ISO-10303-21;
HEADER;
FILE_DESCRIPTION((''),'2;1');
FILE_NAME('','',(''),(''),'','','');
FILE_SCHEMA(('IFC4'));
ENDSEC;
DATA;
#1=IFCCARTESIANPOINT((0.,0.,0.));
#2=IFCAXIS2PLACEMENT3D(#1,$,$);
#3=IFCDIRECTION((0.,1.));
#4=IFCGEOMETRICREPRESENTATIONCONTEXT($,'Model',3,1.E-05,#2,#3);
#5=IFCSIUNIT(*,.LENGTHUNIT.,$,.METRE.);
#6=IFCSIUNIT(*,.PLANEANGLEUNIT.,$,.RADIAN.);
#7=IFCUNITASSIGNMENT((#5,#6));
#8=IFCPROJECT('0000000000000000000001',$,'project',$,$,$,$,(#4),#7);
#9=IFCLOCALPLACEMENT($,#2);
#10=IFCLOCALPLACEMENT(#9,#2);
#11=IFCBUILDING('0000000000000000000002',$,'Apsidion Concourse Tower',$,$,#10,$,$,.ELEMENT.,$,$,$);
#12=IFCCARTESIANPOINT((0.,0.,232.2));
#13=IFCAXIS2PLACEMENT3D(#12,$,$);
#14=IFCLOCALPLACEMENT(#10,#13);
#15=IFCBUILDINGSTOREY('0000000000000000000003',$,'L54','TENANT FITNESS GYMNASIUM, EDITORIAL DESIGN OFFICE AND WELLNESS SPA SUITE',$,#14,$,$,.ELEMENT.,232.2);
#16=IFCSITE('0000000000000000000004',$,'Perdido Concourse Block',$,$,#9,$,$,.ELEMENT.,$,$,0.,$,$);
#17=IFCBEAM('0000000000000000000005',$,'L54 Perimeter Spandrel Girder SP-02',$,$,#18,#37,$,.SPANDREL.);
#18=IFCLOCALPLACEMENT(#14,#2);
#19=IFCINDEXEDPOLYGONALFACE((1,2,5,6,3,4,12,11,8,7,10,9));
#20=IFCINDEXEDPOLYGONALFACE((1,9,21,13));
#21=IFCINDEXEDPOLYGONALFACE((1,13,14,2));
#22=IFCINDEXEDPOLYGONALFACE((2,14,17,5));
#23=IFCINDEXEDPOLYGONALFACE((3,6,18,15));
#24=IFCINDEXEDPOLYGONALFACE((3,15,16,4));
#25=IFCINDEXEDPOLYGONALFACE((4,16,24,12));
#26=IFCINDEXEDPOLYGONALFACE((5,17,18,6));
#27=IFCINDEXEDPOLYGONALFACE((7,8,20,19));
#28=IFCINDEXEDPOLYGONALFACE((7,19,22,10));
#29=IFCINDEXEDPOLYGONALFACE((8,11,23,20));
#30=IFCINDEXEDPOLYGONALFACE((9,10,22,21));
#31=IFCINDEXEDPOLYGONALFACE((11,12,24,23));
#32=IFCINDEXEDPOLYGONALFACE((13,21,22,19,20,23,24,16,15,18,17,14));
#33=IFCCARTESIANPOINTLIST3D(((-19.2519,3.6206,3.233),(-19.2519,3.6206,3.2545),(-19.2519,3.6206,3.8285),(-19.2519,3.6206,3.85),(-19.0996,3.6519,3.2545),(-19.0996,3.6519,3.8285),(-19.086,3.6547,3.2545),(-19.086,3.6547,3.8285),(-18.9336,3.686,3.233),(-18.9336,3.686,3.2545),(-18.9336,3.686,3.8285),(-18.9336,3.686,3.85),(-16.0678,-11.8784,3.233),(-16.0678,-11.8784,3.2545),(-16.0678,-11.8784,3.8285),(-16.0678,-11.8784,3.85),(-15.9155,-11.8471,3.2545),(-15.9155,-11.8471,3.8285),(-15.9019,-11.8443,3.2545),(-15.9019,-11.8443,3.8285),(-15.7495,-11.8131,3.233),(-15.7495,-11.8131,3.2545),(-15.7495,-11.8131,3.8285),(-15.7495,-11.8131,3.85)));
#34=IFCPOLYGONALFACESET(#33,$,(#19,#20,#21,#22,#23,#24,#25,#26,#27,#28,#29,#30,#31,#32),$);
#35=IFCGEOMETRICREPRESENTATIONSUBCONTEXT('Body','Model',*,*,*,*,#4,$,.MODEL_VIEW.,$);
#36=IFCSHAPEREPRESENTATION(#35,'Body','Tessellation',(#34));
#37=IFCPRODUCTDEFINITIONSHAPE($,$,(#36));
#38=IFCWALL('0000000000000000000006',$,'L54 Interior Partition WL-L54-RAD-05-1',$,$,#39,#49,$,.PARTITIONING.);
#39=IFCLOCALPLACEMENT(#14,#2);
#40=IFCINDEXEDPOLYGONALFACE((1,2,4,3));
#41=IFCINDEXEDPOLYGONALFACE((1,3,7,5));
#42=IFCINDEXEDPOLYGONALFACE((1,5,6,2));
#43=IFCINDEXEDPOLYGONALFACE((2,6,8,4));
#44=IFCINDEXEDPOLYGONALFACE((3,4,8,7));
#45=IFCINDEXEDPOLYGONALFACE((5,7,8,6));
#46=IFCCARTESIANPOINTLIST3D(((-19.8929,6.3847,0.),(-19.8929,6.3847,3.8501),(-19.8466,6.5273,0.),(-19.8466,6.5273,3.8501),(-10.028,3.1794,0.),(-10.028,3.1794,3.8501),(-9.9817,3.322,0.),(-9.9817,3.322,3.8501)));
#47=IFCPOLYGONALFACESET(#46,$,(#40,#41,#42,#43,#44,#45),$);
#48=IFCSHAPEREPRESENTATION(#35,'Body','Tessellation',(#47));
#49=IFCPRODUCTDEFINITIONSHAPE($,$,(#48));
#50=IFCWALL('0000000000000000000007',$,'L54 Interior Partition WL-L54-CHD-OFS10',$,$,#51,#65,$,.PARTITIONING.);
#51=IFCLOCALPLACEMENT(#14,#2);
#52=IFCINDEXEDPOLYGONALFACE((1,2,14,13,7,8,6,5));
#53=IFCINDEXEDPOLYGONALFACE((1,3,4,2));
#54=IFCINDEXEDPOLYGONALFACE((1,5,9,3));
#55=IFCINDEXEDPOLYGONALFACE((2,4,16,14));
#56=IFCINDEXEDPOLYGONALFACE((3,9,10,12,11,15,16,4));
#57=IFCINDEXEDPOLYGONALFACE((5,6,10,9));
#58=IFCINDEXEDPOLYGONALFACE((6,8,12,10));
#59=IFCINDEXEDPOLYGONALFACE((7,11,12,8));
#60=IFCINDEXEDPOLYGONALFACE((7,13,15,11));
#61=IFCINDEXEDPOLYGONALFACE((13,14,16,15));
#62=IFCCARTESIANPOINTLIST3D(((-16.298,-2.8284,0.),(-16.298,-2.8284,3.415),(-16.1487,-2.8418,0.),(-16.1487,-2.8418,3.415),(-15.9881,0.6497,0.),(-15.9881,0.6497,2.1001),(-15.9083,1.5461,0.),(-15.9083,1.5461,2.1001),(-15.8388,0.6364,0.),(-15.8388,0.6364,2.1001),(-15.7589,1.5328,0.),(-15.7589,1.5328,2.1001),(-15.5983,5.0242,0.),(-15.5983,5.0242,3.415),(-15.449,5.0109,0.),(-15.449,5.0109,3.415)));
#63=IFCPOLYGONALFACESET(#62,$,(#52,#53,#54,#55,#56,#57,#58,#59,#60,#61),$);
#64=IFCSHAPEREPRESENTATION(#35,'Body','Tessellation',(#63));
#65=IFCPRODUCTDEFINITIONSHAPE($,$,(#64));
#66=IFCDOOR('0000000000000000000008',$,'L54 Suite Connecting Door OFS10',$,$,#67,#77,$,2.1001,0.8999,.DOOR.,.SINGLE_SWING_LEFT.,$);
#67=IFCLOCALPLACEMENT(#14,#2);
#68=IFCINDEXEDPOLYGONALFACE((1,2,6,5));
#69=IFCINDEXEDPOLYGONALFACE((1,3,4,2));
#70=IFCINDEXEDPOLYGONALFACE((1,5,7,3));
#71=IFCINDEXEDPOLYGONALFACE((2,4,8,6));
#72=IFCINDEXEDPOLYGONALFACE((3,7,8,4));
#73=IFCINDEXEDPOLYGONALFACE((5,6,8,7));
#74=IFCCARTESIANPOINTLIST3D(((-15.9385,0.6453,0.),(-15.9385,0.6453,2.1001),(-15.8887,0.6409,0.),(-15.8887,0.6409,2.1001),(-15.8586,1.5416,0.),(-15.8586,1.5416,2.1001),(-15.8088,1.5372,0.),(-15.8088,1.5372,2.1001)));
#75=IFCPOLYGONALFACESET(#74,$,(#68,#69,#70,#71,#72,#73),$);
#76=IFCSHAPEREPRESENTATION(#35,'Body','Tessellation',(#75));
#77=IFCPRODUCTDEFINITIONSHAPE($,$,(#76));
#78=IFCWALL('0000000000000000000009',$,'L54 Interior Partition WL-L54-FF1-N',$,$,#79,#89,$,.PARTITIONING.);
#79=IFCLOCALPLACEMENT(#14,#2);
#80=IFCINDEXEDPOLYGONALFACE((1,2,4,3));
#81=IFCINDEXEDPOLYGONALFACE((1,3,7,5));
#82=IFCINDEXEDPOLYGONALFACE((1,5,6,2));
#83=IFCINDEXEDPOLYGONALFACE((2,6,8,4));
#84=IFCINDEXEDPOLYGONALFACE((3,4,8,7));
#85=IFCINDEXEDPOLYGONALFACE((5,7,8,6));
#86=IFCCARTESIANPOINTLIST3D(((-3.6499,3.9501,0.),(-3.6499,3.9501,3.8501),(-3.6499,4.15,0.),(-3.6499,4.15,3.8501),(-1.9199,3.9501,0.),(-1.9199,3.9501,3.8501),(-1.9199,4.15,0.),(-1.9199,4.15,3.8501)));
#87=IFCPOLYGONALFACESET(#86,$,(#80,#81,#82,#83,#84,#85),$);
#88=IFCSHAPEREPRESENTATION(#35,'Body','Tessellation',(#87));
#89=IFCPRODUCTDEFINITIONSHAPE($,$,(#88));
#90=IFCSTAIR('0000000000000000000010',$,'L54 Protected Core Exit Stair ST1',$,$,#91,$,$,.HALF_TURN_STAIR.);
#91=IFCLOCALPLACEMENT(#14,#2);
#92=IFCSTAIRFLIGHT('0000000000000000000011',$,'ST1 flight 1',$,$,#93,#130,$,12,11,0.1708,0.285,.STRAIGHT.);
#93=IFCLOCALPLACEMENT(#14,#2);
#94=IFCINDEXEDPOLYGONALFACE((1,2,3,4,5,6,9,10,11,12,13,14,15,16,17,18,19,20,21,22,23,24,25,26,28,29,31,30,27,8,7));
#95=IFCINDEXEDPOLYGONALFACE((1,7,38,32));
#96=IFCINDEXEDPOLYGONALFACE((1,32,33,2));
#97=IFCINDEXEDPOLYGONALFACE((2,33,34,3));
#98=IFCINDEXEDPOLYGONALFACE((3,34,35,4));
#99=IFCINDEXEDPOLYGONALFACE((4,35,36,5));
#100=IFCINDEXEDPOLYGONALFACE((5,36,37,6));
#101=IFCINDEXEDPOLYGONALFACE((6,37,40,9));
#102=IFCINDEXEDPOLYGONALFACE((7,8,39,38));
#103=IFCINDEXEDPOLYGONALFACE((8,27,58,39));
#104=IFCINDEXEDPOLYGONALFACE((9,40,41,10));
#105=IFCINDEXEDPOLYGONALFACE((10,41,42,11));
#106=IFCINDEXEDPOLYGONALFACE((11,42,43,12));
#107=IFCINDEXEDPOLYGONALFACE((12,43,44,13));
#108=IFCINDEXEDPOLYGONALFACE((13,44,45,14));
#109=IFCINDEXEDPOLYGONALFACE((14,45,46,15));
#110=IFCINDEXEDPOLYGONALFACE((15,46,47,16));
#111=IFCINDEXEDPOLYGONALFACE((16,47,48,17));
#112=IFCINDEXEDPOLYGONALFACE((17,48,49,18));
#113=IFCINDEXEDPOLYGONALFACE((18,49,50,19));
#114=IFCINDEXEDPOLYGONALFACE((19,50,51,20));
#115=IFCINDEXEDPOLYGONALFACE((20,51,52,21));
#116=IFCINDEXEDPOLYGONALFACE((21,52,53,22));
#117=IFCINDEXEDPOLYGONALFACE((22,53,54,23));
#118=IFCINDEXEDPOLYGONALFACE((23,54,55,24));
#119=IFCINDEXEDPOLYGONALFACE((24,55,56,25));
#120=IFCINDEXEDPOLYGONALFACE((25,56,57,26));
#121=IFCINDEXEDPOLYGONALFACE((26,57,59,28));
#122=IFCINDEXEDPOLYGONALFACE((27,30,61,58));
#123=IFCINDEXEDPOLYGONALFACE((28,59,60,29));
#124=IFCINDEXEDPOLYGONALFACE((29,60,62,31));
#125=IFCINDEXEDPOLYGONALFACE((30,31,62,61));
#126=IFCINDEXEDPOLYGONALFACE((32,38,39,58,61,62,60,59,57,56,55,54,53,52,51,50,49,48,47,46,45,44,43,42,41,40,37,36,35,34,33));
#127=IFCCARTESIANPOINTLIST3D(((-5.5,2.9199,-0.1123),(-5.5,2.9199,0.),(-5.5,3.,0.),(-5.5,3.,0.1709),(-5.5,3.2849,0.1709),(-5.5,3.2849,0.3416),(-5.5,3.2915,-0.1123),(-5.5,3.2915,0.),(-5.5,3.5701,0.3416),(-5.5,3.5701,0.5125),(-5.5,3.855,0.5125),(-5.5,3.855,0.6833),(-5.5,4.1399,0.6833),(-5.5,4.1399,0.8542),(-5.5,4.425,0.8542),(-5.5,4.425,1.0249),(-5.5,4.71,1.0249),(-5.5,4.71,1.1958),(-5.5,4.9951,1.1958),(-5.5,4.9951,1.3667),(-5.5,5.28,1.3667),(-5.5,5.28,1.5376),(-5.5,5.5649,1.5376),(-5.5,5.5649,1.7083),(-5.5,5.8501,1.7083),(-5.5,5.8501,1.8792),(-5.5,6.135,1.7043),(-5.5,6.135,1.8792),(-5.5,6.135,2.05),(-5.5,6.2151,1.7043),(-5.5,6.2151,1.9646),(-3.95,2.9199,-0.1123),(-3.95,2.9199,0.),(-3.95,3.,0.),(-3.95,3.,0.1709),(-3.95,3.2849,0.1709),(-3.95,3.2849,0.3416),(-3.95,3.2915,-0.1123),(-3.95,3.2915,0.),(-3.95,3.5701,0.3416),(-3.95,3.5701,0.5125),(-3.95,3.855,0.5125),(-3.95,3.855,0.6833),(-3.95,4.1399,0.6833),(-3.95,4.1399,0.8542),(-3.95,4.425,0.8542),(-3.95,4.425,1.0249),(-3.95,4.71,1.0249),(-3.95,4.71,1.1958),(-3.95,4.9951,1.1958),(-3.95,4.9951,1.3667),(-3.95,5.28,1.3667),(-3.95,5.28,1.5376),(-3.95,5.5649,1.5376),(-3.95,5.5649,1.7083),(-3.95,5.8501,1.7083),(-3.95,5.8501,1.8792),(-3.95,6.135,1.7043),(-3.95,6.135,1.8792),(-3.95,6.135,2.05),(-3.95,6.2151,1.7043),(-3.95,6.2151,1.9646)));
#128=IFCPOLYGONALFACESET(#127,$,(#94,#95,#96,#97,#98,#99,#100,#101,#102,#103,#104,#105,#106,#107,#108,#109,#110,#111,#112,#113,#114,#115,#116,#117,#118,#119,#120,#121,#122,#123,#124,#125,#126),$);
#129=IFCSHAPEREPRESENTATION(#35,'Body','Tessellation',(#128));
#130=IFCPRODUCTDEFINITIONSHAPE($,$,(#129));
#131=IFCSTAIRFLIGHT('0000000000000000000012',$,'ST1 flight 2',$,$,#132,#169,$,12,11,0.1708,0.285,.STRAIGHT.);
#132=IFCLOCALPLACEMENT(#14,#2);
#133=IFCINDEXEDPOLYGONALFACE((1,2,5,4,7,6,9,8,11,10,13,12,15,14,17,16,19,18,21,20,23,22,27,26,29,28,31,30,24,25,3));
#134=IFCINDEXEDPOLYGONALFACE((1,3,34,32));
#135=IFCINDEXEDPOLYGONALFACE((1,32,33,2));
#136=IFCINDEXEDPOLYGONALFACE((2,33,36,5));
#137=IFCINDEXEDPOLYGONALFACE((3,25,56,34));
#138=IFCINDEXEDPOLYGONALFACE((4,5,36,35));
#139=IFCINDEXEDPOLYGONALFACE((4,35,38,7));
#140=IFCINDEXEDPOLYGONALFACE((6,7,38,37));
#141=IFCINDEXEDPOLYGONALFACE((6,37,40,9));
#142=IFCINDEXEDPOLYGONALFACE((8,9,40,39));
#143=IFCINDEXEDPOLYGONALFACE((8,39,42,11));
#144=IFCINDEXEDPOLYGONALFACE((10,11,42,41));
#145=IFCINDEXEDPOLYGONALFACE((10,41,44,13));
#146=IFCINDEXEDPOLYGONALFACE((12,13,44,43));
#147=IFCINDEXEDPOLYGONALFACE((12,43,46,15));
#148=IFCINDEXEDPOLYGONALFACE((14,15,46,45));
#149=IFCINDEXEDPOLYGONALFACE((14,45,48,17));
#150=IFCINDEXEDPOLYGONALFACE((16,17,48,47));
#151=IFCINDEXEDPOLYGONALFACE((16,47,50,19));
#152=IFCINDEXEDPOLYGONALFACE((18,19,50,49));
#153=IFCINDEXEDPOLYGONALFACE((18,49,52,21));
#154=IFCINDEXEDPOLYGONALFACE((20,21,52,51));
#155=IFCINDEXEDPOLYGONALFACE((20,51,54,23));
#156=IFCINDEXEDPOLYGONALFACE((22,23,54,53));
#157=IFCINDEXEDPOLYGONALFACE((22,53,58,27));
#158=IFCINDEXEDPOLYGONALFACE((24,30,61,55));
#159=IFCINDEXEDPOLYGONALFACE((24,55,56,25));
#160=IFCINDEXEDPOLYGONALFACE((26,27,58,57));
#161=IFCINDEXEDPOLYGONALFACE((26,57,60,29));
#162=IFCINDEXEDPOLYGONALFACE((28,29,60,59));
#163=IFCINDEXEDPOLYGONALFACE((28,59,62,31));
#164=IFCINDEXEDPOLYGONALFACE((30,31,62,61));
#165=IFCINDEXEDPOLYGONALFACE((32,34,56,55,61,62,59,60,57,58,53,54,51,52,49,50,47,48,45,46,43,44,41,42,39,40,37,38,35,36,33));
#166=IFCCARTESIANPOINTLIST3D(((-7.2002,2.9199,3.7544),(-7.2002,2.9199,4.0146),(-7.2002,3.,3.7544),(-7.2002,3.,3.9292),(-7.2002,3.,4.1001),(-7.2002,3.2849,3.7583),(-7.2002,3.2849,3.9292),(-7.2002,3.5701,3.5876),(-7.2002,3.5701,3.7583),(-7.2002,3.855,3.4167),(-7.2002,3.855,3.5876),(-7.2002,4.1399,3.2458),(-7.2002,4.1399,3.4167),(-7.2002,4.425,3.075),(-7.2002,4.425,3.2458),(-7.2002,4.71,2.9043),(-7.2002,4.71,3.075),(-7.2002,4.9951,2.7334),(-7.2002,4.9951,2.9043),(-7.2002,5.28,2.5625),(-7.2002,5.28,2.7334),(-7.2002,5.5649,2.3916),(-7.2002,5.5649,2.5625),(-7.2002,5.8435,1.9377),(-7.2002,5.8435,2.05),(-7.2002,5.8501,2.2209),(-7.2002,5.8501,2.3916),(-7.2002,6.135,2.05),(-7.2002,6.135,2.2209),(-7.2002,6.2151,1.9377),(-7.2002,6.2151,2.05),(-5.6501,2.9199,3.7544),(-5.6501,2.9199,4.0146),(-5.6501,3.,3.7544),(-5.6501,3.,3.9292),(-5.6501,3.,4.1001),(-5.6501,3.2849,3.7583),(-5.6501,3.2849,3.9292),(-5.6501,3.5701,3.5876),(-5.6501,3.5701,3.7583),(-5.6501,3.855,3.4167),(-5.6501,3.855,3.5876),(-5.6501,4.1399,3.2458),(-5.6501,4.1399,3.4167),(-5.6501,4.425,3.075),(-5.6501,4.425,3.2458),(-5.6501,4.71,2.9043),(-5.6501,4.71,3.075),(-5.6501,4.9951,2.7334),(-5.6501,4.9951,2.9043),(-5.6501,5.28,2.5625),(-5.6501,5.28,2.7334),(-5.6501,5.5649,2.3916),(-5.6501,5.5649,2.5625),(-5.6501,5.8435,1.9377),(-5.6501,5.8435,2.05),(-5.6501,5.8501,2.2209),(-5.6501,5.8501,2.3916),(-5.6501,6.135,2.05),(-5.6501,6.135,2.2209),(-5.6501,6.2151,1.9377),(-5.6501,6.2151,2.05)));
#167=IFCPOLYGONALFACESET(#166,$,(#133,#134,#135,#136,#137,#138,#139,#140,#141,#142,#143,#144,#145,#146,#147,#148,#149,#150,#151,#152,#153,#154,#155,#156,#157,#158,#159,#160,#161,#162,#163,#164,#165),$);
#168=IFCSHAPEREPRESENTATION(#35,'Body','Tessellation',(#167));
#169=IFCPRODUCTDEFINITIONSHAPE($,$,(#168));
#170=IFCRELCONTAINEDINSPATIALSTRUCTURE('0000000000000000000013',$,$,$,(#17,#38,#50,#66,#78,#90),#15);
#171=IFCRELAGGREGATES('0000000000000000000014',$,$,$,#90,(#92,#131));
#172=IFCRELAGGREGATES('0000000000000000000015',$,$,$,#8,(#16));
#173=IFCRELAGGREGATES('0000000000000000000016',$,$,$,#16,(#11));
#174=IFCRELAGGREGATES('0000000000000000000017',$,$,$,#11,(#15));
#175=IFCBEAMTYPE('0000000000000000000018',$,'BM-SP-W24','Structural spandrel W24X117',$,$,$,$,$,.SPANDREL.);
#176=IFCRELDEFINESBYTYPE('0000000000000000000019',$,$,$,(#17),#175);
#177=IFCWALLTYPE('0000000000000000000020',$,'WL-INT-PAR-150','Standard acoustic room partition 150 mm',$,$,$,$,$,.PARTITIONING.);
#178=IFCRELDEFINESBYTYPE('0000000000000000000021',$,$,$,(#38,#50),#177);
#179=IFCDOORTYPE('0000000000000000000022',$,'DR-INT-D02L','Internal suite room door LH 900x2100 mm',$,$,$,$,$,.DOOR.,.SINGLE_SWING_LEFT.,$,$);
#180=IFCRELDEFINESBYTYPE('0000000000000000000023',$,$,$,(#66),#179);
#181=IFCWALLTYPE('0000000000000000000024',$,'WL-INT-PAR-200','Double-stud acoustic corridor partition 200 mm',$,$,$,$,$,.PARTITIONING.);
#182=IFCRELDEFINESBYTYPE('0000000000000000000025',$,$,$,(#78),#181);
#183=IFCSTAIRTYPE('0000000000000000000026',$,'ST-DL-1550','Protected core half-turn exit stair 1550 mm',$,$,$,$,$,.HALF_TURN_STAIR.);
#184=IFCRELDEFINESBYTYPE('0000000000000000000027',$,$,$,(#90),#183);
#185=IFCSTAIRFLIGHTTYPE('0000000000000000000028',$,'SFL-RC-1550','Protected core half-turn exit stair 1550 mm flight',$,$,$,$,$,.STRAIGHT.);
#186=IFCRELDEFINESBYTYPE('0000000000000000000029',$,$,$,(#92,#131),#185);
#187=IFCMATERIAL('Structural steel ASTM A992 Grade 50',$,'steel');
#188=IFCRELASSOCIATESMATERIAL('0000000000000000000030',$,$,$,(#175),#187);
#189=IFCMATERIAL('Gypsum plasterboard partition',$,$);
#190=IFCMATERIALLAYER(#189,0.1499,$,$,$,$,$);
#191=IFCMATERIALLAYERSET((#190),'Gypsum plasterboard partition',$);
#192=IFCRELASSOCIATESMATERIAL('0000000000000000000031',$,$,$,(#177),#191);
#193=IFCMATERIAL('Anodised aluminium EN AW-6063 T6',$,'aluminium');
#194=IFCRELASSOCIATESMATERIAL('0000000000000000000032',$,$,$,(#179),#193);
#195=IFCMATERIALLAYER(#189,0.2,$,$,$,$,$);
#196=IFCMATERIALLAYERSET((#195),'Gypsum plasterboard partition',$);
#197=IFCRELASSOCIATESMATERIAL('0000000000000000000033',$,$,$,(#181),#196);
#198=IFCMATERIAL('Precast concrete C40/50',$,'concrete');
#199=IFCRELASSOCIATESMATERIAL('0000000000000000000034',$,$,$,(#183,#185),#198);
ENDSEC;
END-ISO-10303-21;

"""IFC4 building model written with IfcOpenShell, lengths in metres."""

from ifc_helpers import new_model, si_unit, direction, frame, frame_2d, origin, origin_2d, place, context, subcontext, project, spatial, polyline, rectangle, i_section, outline, extrude, material, layer, layer_set, material_profile, profile_set, type_object, element, fill, aggregate, save


model = new_model("IFC4")

# Units and contexts
model_context = context("Model", 3, precision=1e-05, world=origin(), true_north=direction((0.0, 1.0)))
body_context = subcontext(model_context, "Body", "Model", "MODEL_VIEW")
ifc_project = project(units=[si_unit("LENGTHUNIT", "METRE"), si_unit("PLANEANGLEUNIT", "RADIAN")], contexts=[model_context])

# Site, building, storey
site_placement = place(None, origin())
site = spatial("IfcSite", under=ifc_project, at=site_placement, Name="Perdido Concourse Block", CompositionType="ELEMENT", RefElevation=0.0)
building_placement = place(site_placement, origin())
building = spatial("IfcBuilding", under=site, at=building_placement, Name="Apsidion Concourse Tower", CompositionType="ELEMENT")
storey_placement = place(building_placement, frame((0.0, 0.0, 232.2)))
storey = spatial("IfcBuildingStorey", under=building, at=storey_placement, Name="L54", Description="TENANT FITNESS GYMNASIUM, EDITORIAL DESIGN OFFICE AND WELLNESS SPA SUITE", CompositionType="ELEMENT", Elevation=232.2)

# Shared definitions
ifc_material_1 = material(Name="Structural steel ASTM A992 Grade 50", Category="steel")

# Beam
ifc_material_profile_1 = material_profile(ifc_material_1, i_section(OverallWidth=0.325, OverallDepth=0.6169, WebThickness=0.0139, FlangeThickness=0.0215, at=origin_2d()), Name="W24X117")
ifc_profile_set_1 = profile_set([ifc_material_profile_1], Name="Structural steel ASTM A992 Grade 50")
beam_type_1 = type_object("IfcBeamType", Name="BM-SP-W24", Description="Structural spandrel W24X117", PredefinedType="SPANDREL", material=ifc_profile_set_1)
beam_1_placement = place(storey_placement, frame((-19.0928, 3.6533, 3.5415), z_axis=(0.201235, -0.979543, 0.0), x_axis=(0.979543, 0.201235, 0.0)))
element("IfcBeam", 1, at=beam_1_placement, inside=storey, type_object=beam_type_1, Name="L54 Perimeter Spandrel Girder SP-02", PredefinedType="SPANDREL", context=body_context, shape_type="SweptSolid", body=[
    extrude(i_section(OverallWidth=0.325, OverallDepth=0.6169, WebThickness=0.0139, FlangeThickness=0.0215, at=origin_2d()), origin(), (0.0, 0.0, 1.0), 15.8228),
])

# Wall
ifc_material_2 = material(Name="Gypsum plasterboard partition")
ifc_layer_1 = layer(ifc_material_2, 0.1499)
ifc_layer_set_1 = layer_set([ifc_layer_1], Name="Gypsum plasterboard partition")
wall_type_1 = type_object("IfcWallType", Name="WL-INT-PAR-150", Description="Standard acoustic room partition 150 mm", PredefinedType="PARTITIONING", material=ifc_layer_set_1)
wall_1_placement = place(storey_placement, frame((-10.0049, 3.2507, 0.0), z_axis=(0.0, 0.0, 1.0), x_axis=(-0.951057, 0.309016, 0.0)))
element("IfcWall", 2, at=wall_1_placement, inside=storey, type_object=wall_type_1, Name="L54 Interior Partition WL-L54-RAD-05-1", PredefinedType="PARTITIONING", context=body_context, shape_type="SweptSolid", body=[
    extrude(rectangle(XDim=10.3726, YDim=0.1499, at=frame_2d((5.1863, 0.0))), origin(), (0.0, 0.0, 1.0), 3.8501),
])

# Wall, opening, door
wall_2_placement = place(storey_placement, frame((-15.5237, 5.0176, 0.0), z_axis=(0.0, 0.0, 1.0), x_axis=(-0.088751, -0.996054, 0.0)))
wall_2 = element("IfcWall", 3, at=wall_2_placement, inside=storey, type_object=wall_type_1, Name="L54 Interior Partition WL-L54-CHD-OFS10", PredefinedType="PARTITIONING", context=body_context, shape_type="SweptSolid", body=[
    extrude(rectangle(XDim=7.8838, YDim=0.1499, at=frame_2d((3.9419, 0.0))), origin(), (0.0, 0.0, 1.0), 3.415),
])
opening_placement = place(wall_2_placement, frame((3.4919, 0.0, 0.0)))
opening = element("IfcOpeningElement", 4, at=opening_placement, cuts=wall_2, PredefinedType="OPENING", context=body_context, shape_type="SweptSolid", body=[
    extrude(rectangle(XDim=0.8999, YDim=2.1001, at=frame_2d((0.45, 1.05))), frame((0.0, 0.085, 0.0), z_axis=(0.0, -1.0, 0.0), x_axis=(1.0, 0.0, 0.0)), (0.0, 0.0, 1.0), 0.1699),
])
ifc_material_3 = material(Name="Anodised aluminium EN AW-6063 T6", Category="aluminium")
door_type = type_object("IfcDoorType", Name="DR-INT-D02L", Description="Internal suite room door LH 900x2100 mm", OperationType="SINGLE_SWING_LEFT", PredefinedType="DOOR", material=ifc_material_3)
door_placement = place(opening_placement, origin())
door = element("IfcDoor", 5, at=door_placement, inside=storey, type_object=door_type, Name="L54 Suite Connecting Door OFS10", OperationType="SINGLE_SWING_LEFT", OverallHeight=2.1001, OverallWidth=0.8999, PredefinedType="DOOR", context=body_context, shape_type="SweptSolid", body=[
    extrude(rectangle(XDim=0.8999, YDim=2.1001, at=frame_2d((0.45, 1.05))), frame((0.0, 0.0249, 0.0), z_axis=(0.0, -1.0, 0.0), x_axis=(1.0, 0.0, 0.0)), (0.0, 0.0, 1.0), 0.05),
])
fill(opening, door)

# Wall
ifc_layer_2 = layer(ifc_material_2, 0.2)
ifc_layer_set_2 = layer_set([ifc_layer_2], Name="Gypsum plasterboard partition")
wall_type_2 = type_object("IfcWallType", Name="WL-INT-PAR-200", Description="Double-stud acoustic corridor partition 200 mm", PredefinedType="PARTITIONING", material=ifc_layer_set_2)
wall_3_placement = place(storey_placement, frame((-3.6499, 4.05, 0.0), z_axis=(0.0, 0.0, 1.0), x_axis=(1.0, 0.0, 0.0)))
element("IfcWall", 6, at=wall_3_placement, inside=storey, type_object=wall_type_2, Name="L54 Interior Partition WL-L54-FF1-N", PredefinedType="PARTITIONING", context=body_context, shape_type="SweptSolid", body=[
    extrude(rectangle(XDim=1.73, YDim=0.2, at=frame_2d((0.865, 0.0))), origin(), (0.0, 0.0, 1.0), 3.8501),
])

# Stair, stair flights
ifc_material_4 = material(Name="Precast concrete C40/50", Category="concrete")
stair_type = type_object("IfcStairType", Name="ST-DL-1550", Description="Protected core half-turn exit stair 1550 mm", PredefinedType="HALF_TURN_STAIR", material=ifc_material_4)
stair_placement = place(storey_placement, origin())
stair = element("IfcStair", 7, at=stair_placement, inside=storey, type_object=stair_type, Name="L54 Protected Core Exit Stair ST1", PredefinedType="HALF_TURN_STAIR")
stair_flight_type = type_object("IfcStairFlightType", Name="SFL-RC-1550", Description="Protected core half-turn exit stair 1550 mm flight", PredefinedType="STRAIGHT", material=ifc_material_4)
stair_flight_1_placement = place(storey_placement, frame((-4.7251, 3.0, 0.0), z_axis=(0.0, 0.0, 1.0), x_axis=(0.0, 1.0, 0.0)))
stair_flight_1 = element("IfcStairFlight", 8, at=stair_flight_1_placement, type_object=stair_flight_type, Name="ST1 flight 1", NumberOfRisers=12, NumberOfTreads=11, PredefinedType="STRAIGHT", RiserHeight=0.1708, TreadLength=0.285, context=body_context, shape_type="SweptSolid", body=[
    extrude(outline(polyline([(-0.0801, -0.1123), (-0.0801, 0.0), (0.0, 0.0), (0.0, 0.1709), (0.2849, 0.1709), (0.2849, 0.3416), (0.5701, 0.3416), (0.5701, 0.5125), (0.855, 0.5125), (0.855, 0.6833), (1.1399, 0.6833), (1.1399, 0.8542), (1.425, 0.8542), (1.425, 1.0249), (1.71, 1.0249), (1.71, 1.1958), (1.9951, 1.1958), (1.9951, 1.3667), (2.28, 1.3667), (2.28, 1.5376), (2.5649, 1.5376), (2.5649, 1.7083), (2.8501, 1.7083), (2.8501, 1.8792), (3.135, 1.8792), (3.135, 2.05), (3.2151, 1.9646), (3.2151, 1.7043), (3.135, 1.7043), (0.2915, 0.0), (0.2915, -0.1123), (-0.0801, -0.1123)])), frame((0.0, 0.7749, 0.0), z_axis=(0.0, -1.0, 0.0), x_axis=(1.0, 0.0, 0.0)), (0.0, 0.0, 1.0), 1.55),
])
stair_flight_2_placement = place(storey_placement, frame((-6.425, 6.135, 2.05), z_axis=(0.0, 0.0, 1.0), x_axis=(0.0, -1.0, 0.0)))
stair_flight_2 = element("IfcStairFlight", 9, at=stair_flight_2_placement, type_object=stair_flight_type, Name="ST1 flight 2", NumberOfRisers=12, NumberOfTreads=11, PredefinedType="STRAIGHT", RiserHeight=0.1708, TreadLength=0.285, context=body_context, shape_type="SweptSolid", body=[
    extrude(outline(polyline([(-0.0801, -0.1123), (-0.0801, 0.0), (0.0, 0.0), (0.0, 0.1709), (0.2849, 0.1709), (0.2849, 0.3416), (0.5701, 0.3416), (0.5701, 0.5125), (0.855, 0.5125), (0.855, 0.6833), (1.1399, 0.6833), (1.1399, 0.8542), (1.425, 0.8542), (1.425, 1.0249), (1.71, 1.0249), (1.71, 1.1958), (1.9951, 1.1958), (1.9951, 1.3667), (2.28, 1.3667), (2.28, 1.5376), (2.5649, 1.5376), (2.5649, 1.7083), (2.8501, 1.7083), (2.8501, 1.8792), (3.135, 1.8792), (3.135, 2.05), (3.2151, 1.9646), (3.2151, 1.7043), (3.135, 1.7043), (0.2915, 0.0), (0.2915, -0.1123), (-0.0801, -0.1123)])), frame((0.0, 0.7749, 0.0), z_axis=(0.0, -1.0, 0.0), x_axis=(1.0, 0.0, 0.0)), (0.0, 0.0, 1.0), 1.55),
])
aggregate(stair, [stair_flight_1, stair_flight_2])

save(model, "model.ifc")
